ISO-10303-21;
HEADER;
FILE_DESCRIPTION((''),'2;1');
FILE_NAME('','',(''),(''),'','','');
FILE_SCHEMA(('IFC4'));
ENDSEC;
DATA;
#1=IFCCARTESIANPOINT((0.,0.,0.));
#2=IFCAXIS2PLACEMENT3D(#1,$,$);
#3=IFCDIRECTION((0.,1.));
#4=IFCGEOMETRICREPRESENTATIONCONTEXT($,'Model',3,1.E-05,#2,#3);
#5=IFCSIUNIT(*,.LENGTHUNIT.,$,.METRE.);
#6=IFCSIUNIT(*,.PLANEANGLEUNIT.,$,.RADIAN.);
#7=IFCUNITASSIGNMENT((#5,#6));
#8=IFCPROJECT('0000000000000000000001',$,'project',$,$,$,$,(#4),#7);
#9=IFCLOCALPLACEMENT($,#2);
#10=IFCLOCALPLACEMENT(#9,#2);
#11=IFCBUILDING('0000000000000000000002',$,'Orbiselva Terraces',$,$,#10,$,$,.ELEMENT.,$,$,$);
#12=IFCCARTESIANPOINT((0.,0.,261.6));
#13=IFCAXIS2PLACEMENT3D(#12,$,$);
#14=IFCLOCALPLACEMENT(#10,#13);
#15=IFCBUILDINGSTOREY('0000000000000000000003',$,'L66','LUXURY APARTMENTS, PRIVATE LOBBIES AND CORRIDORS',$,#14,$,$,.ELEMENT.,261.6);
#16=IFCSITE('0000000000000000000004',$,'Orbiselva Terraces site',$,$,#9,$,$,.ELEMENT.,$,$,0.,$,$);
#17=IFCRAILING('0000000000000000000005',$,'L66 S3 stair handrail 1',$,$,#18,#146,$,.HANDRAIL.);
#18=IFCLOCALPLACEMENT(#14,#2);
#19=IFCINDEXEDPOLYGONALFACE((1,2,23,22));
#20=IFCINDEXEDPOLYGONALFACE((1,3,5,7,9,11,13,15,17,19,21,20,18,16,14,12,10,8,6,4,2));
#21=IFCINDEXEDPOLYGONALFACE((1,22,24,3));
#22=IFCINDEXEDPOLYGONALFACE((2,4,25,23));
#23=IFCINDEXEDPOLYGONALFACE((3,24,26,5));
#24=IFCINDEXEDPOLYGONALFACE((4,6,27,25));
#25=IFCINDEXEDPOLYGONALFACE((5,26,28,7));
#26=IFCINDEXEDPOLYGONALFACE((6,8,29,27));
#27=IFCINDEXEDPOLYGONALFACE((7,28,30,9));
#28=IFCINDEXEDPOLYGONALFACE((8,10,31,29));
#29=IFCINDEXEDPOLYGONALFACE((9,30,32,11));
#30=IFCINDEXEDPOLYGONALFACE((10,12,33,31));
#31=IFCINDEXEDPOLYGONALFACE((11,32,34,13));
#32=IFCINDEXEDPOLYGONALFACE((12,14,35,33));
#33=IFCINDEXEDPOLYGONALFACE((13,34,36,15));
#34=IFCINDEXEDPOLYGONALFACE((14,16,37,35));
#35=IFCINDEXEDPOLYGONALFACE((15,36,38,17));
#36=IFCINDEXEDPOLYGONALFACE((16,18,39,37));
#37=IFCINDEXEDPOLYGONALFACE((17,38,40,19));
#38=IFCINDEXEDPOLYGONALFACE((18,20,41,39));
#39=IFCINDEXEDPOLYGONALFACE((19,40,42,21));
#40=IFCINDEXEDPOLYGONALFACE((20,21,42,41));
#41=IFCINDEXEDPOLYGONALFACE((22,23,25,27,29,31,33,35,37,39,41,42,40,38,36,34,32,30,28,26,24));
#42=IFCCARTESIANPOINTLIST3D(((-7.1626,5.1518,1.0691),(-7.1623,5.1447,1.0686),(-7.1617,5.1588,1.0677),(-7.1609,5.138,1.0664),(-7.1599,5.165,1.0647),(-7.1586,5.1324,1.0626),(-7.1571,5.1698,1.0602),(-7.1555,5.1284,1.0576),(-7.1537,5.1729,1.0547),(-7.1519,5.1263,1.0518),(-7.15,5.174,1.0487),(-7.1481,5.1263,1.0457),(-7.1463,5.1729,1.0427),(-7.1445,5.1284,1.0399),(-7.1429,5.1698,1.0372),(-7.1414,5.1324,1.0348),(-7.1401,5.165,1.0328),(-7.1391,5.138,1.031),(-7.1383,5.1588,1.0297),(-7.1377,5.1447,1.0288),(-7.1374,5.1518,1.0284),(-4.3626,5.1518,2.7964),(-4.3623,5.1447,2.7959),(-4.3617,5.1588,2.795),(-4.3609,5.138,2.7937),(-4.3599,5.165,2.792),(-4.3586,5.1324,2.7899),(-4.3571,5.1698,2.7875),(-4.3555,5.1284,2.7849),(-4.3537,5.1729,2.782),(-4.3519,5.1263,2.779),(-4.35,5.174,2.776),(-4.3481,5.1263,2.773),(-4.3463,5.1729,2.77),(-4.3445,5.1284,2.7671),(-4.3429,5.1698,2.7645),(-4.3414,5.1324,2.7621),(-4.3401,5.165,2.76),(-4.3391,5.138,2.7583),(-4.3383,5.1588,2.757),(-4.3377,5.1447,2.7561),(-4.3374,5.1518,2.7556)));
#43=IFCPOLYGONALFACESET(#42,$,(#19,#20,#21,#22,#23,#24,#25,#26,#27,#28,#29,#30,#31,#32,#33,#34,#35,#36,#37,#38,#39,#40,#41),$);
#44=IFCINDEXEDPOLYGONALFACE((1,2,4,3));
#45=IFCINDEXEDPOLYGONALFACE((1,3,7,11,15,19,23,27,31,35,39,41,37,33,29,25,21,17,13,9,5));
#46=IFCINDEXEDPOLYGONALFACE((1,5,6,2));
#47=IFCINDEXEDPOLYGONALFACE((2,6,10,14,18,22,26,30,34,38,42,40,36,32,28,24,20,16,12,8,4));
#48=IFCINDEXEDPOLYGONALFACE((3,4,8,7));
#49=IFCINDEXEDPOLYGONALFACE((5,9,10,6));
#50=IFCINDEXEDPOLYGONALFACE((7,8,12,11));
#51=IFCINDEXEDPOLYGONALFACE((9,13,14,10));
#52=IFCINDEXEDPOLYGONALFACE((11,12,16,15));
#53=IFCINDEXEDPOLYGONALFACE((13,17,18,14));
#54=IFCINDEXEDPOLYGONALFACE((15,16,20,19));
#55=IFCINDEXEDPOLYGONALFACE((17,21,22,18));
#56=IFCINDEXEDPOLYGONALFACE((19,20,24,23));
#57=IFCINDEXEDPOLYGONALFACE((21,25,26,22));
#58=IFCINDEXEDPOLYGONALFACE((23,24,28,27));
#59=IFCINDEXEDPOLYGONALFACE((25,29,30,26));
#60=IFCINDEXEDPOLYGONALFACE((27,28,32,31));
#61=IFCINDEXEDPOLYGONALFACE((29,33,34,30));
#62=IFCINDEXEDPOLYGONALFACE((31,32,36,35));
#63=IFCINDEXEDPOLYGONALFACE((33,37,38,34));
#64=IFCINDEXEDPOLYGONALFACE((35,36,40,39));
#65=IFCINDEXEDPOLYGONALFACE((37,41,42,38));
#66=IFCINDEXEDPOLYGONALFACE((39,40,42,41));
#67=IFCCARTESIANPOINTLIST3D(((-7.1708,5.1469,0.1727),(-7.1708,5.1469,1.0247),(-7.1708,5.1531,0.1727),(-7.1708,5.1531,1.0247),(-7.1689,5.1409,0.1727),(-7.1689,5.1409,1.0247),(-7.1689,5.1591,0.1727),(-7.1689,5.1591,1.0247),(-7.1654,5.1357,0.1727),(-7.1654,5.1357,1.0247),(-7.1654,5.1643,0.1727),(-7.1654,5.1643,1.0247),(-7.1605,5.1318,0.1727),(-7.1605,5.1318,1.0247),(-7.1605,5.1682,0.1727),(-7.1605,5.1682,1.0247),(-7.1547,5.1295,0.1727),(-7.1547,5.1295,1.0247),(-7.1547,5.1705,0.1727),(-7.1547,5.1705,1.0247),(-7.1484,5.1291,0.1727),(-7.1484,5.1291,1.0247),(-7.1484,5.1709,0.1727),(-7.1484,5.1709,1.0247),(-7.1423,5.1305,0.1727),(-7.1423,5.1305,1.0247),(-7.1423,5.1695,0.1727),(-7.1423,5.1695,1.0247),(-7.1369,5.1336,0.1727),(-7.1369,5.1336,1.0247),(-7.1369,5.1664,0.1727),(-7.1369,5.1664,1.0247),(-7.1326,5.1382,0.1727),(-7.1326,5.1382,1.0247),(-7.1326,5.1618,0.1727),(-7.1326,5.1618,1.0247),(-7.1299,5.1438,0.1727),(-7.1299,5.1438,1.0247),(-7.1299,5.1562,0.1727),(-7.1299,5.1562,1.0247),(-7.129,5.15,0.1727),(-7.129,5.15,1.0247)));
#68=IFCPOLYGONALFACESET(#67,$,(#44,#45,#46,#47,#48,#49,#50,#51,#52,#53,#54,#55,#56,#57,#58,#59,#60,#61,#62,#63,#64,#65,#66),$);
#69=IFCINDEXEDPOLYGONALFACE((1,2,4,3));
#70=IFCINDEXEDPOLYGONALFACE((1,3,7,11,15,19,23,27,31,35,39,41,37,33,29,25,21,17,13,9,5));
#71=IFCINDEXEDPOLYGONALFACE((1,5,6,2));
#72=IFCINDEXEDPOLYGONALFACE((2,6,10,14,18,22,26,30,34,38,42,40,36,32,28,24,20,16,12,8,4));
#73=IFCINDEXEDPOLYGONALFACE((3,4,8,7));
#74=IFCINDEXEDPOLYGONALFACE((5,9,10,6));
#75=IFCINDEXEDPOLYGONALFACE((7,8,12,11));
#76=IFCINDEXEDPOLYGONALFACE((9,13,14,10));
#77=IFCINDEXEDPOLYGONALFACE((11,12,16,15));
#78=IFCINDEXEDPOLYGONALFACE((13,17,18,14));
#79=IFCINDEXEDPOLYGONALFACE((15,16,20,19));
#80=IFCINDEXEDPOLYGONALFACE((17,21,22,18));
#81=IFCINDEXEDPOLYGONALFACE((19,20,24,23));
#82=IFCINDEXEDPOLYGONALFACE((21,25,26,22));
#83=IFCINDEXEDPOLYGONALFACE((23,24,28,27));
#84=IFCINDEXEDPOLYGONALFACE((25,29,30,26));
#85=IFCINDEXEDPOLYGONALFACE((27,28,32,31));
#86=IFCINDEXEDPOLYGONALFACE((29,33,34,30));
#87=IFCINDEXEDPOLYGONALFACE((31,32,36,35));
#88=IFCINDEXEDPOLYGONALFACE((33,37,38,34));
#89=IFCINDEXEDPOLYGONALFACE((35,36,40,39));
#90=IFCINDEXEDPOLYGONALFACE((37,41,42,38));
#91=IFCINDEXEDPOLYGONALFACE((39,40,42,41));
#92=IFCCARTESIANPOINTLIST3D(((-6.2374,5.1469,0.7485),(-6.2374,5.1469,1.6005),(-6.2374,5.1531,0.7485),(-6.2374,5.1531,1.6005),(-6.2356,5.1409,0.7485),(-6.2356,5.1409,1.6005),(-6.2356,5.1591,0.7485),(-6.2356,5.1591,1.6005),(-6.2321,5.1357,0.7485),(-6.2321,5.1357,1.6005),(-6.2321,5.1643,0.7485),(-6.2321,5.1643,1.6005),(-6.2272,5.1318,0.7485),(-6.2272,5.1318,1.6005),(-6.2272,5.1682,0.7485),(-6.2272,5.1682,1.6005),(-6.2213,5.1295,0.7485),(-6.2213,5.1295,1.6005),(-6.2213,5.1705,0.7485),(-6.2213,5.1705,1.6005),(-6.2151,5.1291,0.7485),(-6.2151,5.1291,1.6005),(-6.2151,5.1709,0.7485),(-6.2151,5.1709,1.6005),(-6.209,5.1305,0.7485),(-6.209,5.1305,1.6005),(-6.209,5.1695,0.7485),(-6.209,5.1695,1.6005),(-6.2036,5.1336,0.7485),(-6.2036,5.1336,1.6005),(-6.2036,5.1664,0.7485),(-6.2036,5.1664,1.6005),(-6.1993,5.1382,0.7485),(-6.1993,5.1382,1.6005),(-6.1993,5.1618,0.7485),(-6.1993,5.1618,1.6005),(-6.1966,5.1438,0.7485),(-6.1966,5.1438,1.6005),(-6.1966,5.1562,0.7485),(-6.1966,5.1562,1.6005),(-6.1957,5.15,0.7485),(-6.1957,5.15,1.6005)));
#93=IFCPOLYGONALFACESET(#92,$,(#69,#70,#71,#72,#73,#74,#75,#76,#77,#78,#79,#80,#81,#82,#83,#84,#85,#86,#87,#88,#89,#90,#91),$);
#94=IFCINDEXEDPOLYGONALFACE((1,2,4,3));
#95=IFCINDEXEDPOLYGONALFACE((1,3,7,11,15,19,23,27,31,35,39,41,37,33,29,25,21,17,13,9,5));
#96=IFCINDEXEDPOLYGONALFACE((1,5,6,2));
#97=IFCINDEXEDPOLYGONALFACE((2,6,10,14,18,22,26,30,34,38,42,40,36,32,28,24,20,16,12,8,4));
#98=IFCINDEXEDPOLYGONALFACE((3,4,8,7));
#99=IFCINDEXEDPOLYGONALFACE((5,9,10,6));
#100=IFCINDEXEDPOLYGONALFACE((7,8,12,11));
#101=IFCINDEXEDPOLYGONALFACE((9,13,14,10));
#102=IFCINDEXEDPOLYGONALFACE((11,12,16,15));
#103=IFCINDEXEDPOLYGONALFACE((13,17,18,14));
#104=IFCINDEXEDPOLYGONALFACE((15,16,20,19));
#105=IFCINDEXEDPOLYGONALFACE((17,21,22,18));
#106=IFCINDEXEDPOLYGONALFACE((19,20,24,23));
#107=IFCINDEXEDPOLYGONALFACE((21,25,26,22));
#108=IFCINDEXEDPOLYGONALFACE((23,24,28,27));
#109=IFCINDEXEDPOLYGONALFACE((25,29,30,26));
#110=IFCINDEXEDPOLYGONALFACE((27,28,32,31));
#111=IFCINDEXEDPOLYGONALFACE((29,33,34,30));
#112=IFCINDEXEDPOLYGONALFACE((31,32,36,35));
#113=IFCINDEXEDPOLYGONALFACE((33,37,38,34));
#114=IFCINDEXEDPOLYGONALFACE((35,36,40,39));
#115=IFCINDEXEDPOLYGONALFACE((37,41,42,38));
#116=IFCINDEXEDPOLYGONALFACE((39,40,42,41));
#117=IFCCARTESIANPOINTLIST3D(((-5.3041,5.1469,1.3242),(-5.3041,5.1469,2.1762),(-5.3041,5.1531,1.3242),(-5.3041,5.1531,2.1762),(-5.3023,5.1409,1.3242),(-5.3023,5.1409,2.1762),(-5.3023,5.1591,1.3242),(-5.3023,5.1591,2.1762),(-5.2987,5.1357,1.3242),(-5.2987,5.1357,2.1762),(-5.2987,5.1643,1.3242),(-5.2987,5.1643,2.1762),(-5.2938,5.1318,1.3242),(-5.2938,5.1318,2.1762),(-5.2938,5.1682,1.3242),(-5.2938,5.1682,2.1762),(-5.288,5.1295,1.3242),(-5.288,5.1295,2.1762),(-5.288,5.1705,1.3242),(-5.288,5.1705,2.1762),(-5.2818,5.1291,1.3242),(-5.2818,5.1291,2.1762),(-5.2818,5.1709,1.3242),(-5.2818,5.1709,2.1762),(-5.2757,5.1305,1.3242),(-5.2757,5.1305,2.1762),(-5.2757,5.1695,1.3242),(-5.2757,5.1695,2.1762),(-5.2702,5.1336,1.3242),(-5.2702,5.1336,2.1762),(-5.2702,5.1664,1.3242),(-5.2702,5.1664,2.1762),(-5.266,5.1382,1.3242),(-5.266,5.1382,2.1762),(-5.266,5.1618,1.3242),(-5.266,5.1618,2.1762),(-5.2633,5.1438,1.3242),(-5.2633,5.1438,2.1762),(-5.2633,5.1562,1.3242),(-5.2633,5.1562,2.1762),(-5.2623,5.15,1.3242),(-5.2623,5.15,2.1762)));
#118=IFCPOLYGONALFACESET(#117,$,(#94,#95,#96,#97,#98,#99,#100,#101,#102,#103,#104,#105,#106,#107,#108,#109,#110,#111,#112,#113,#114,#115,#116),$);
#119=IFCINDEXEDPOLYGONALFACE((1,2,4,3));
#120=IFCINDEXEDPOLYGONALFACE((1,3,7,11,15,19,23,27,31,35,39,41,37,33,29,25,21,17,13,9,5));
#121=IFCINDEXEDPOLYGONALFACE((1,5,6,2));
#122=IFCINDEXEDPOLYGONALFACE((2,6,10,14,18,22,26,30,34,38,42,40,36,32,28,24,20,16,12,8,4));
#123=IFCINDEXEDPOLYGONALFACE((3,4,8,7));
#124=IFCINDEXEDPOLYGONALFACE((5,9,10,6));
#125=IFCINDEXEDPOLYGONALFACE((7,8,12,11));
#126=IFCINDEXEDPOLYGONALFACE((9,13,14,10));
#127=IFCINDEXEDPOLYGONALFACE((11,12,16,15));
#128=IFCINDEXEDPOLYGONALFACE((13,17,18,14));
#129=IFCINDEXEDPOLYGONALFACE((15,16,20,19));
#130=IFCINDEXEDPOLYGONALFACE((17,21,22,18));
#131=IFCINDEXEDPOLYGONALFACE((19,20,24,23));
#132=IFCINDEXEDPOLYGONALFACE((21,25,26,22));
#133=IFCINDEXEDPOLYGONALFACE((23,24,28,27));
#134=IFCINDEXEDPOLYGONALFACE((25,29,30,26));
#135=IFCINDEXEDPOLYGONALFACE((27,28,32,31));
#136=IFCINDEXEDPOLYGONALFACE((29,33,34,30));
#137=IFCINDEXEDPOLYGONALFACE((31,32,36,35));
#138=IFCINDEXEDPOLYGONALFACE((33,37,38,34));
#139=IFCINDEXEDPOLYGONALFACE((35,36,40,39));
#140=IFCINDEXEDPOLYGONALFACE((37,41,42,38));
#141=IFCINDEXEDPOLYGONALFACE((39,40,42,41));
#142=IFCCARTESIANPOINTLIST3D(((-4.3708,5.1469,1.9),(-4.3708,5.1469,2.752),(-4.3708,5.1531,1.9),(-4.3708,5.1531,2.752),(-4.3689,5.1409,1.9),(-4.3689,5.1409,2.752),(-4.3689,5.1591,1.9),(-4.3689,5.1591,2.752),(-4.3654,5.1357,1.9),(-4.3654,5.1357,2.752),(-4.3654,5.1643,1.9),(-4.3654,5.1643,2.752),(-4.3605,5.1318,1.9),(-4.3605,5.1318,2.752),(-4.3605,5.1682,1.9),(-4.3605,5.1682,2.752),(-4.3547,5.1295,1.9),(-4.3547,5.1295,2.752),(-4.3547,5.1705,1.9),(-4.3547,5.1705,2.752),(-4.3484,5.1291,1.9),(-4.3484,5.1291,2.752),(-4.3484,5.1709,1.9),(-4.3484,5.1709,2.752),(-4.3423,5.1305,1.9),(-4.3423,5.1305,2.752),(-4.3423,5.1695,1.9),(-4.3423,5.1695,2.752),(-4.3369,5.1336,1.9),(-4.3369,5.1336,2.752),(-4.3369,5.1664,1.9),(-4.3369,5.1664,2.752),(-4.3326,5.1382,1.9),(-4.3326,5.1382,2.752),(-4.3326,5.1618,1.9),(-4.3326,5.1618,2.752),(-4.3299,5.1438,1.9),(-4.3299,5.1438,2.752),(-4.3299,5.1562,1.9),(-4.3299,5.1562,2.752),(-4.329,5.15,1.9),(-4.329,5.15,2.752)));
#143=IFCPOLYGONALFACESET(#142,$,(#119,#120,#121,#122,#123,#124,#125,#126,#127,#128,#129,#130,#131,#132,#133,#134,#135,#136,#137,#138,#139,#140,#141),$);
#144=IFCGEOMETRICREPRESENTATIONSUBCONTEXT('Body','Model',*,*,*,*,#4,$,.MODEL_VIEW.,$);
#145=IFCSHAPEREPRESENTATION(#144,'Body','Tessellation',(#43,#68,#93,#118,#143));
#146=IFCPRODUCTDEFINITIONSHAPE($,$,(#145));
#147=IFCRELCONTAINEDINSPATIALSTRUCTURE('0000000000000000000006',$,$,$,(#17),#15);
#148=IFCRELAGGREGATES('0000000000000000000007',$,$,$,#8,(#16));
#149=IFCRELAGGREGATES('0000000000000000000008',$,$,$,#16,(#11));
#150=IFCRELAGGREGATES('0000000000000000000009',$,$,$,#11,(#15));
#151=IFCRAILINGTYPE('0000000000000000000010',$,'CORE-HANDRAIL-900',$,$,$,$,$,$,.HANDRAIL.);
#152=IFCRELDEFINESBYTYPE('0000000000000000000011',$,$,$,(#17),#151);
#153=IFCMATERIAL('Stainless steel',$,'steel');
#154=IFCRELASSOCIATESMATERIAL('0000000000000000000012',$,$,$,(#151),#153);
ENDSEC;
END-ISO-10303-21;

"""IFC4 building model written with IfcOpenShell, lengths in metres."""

from ifc_helpers import new_model, si_unit, direction, frame, origin, origin_2d, place, context, subcontext, project, spatial, circle, extrude, material, type_object, element, save


model = new_model("IFC4")

# Units and contexts
model_context = context("Model", 3, precision=1e-05, world=origin(), true_north=direction((0.0, 1.0)))
body_context = subcontext(model_context, "Body", "Model", "MODEL_VIEW")
ifc_project = project(units=[si_unit("LENGTHUNIT", "METRE"), si_unit("PLANEANGLEUNIT", "RADIAN")], contexts=[model_context])

# Site, building, storey
site_placement = place(None, origin())
site = spatial("IfcSite", under=ifc_project, at=site_placement, Name="Orbiselva Terraces site", CompositionType="ELEMENT", RefElevation=0.0)
building_placement = place(site_placement, origin())
building = spatial("IfcBuilding", under=site, at=building_placement, Name="Orbiselva Terraces", CompositionType="ELEMENT")
storey_placement = place(building_placement, frame((0.0, 0.0, 261.6)))
storey = spatial("IfcBuildingStorey", under=building, at=storey_placement, Name="L66", Description="LUXURY APARTMENTS, PRIVATE LOBBIES AND CORRIDORS", CompositionType="ELEMENT", Elevation=261.6)

# Railing
ifc_material_1 = material(Name="Stainless steel", Category="steel")
railing_type_1 = type_object("IfcRailingType", Name="CORE-HANDRAIL-900", PredefinedType="HANDRAIL", material=ifc_material_1)
railing_1_placement = place(storey_placement, frame((-7.15, 5.15, 0.1727)))
element("IfcRailing", 1, at=railing_1_placement, inside=storey, type_object=railing_type_1, Name="L66 S3 stair handrail 1", PredefinedType="HANDRAIL", context=body_context, shape_type="SweptSolid", body=[
    extrude(circle(Radius=0.024, at=origin_2d()), frame((0.0, 0.0, 0.876), z_axis=(0.851089, 0.0, 0.525022), x_axis=(0.0, 1.0, 0.0)), (0.0, 0.0, 1.0), 3.2899),
    extrude(circle(Radius=0.021, at=origin_2d()), origin(), (0.0, 0.0, 1.0), 0.852),
    extrude(circle(Radius=0.021, at=origin_2d()), frame((0.9333, 0.0, 0.5758)), (0.0, 0.0, 1.0), 0.852),
    extrude(circle(Radius=0.021, at=origin_2d()), frame((1.8667, 0.0, 1.1515)), (0.0, 0.0, 1.0), 0.852),
    extrude(circle(Radius=0.021, at=origin_2d()), frame((2.8, 0.0, 1.7273)), (0.0, 0.0, 1.0), 0.852),
])

save(model, "model.ifc")
